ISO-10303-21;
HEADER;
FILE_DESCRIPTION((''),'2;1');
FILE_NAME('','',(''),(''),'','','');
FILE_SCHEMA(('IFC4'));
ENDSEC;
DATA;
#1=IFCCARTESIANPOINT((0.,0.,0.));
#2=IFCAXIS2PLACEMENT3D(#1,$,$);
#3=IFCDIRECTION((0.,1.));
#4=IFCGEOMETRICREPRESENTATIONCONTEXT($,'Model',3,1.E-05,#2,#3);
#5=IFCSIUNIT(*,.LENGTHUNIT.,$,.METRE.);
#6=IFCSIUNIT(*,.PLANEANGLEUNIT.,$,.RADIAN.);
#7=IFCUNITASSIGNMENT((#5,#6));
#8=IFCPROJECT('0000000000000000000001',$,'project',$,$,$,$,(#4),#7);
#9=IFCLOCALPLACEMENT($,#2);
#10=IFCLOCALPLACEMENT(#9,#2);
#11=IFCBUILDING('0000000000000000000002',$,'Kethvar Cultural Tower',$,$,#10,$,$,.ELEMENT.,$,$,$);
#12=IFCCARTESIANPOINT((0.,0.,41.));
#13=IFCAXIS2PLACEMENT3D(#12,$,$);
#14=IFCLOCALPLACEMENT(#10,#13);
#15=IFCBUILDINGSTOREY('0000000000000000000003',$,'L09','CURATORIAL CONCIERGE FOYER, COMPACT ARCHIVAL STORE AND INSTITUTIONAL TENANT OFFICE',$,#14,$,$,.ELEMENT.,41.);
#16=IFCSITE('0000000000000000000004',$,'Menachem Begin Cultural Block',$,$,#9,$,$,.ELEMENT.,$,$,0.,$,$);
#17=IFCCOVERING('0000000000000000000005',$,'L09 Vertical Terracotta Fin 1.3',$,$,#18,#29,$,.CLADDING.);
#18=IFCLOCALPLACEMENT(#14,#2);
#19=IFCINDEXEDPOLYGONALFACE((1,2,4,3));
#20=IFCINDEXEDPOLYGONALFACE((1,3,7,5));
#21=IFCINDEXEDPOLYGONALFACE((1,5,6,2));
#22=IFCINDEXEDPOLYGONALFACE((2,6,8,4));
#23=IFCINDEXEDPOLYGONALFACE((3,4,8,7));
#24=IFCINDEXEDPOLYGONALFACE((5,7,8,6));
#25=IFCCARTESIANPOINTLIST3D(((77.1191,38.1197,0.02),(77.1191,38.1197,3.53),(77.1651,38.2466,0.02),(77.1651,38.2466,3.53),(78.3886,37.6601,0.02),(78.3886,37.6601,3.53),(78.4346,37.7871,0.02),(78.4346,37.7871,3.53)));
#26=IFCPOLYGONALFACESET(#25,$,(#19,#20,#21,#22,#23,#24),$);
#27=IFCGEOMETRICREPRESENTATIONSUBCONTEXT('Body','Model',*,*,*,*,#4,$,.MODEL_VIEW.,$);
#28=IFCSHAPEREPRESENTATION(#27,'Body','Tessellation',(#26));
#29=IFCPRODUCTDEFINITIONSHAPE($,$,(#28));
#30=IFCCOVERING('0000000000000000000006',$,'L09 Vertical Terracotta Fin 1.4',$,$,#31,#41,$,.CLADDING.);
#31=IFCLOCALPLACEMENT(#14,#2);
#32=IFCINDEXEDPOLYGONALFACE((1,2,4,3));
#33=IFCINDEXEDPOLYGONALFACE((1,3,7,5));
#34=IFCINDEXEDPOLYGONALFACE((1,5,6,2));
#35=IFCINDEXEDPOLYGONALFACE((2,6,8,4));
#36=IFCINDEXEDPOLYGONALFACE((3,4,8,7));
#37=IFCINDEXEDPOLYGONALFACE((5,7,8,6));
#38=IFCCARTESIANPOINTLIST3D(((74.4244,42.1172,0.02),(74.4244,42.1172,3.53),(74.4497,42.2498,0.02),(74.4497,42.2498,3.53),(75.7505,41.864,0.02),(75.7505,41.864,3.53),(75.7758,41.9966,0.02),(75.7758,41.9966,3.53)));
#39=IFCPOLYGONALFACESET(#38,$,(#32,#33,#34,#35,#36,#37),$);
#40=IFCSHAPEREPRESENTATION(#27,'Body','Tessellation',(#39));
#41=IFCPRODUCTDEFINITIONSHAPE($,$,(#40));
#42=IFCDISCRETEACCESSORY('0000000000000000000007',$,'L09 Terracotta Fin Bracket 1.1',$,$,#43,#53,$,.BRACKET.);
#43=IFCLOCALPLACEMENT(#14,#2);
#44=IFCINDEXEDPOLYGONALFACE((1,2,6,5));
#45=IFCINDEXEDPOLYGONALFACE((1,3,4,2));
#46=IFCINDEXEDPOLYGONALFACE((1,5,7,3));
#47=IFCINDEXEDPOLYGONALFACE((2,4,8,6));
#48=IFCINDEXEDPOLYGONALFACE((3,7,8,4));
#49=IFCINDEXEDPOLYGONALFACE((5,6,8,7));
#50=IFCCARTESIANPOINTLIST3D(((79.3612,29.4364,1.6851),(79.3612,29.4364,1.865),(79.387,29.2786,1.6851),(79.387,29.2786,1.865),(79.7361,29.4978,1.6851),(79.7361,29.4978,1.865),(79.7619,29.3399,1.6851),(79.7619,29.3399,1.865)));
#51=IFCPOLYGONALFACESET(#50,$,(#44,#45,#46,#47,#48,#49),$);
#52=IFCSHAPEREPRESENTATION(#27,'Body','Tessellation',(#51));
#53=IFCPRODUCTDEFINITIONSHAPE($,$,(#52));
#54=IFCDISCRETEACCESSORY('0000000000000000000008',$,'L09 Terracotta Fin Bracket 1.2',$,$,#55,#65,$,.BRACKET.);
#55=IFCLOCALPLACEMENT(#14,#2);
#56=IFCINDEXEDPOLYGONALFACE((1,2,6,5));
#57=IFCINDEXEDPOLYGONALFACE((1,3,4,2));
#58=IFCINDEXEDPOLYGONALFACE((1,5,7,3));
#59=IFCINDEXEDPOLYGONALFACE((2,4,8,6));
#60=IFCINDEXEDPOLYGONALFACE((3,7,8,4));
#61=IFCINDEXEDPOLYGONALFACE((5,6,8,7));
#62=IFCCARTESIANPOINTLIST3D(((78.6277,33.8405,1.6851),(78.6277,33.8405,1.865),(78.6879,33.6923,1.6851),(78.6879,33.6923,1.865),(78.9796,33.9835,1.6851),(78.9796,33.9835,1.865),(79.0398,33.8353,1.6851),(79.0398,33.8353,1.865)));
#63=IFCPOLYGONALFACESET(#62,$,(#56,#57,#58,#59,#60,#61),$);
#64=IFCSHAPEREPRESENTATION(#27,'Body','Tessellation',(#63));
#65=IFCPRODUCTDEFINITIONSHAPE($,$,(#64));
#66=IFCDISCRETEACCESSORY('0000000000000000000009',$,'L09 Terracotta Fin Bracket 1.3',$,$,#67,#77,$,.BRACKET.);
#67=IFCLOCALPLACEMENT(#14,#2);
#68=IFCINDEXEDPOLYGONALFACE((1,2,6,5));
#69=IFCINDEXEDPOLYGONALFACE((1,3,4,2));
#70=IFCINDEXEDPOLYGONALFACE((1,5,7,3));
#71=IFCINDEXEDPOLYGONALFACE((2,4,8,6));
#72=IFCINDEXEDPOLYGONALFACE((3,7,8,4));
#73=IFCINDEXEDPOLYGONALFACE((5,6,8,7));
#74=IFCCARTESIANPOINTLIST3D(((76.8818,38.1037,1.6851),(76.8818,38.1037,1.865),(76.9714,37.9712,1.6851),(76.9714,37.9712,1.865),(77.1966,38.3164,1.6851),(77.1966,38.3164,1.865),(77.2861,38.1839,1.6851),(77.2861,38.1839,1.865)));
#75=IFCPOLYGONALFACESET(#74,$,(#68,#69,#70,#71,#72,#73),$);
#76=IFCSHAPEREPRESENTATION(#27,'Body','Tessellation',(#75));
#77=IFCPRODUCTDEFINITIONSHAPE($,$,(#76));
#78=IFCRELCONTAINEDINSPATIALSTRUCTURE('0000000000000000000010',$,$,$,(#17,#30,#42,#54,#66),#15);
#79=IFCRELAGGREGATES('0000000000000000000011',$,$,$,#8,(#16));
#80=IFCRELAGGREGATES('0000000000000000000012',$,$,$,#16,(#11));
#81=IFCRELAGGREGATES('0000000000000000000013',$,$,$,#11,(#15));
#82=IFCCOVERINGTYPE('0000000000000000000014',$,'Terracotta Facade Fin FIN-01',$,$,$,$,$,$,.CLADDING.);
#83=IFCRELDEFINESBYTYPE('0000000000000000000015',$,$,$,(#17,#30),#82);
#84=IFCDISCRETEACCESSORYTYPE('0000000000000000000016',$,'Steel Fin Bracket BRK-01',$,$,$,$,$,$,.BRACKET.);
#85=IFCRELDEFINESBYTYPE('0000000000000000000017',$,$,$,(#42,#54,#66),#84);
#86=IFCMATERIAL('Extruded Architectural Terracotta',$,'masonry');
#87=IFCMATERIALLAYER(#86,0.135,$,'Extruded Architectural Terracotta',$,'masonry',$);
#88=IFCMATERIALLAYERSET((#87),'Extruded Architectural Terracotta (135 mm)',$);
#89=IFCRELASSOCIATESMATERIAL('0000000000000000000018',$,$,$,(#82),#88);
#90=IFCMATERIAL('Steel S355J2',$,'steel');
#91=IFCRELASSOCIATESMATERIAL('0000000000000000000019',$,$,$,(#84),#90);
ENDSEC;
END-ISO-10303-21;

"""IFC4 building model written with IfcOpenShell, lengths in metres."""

from ifc_helpers import new_model, si_unit, direction, frame, origin, origin_2d, place, context, subcontext, project, spatial, rectangle, extrude, source, transform, mapped, material, layer, layer_set, type_object, element, save


model = new_model("IFC4")

# Units and contexts
model_context = context("Model", 3, precision=1e-05, world=origin(), true_north=direction((0.0, 1.0)))
body_context = subcontext(model_context, "Body", "Model", "MODEL_VIEW")
ifc_project = project(units=[si_unit("LENGTHUNIT", "METRE"), si_unit("PLANEANGLEUNIT", "RADIAN")], contexts=[model_context])

# Site, building, storey
site_placement = place(None, origin())
site = spatial("IfcSite", under=ifc_project, at=site_placement, Name="Menachem Begin Cultural Block", CompositionType="ELEMENT", RefElevation=0.0)
building_placement = place(site_placement, origin())
building = spatial("IfcBuilding", under=site, at=building_placement, Name="Kethvar Cultural Tower", CompositionType="ELEMENT")
storey_placement = place(building_placement, frame((0.0, 0.0, 41.0)))
storey = spatial("IfcBuildingStorey", under=building, at=storey_placement, Name="L09", Description="CURATORIAL CONCIERGE FOYER, COMPACT ARCHIVAL STORE AND INSTITUTIONAL TENANT OFFICE", CompositionType="ELEMENT", Elevation=41.0)

# Shared definitions
ifc_material_1 = material(Name="Steel S355J2", Category="steel")

# Coverings
ifc_material_2 = material(Name="Extruded Architectural Terracotta", Category="masonry")
ifc_layer_1 = layer(ifc_material_2, 0.135, Name="Extruded Architectural Terracotta", Category="masonry")
ifc_layer_set_1 = layer_set([ifc_layer_1], Name="Extruded Architectural Terracotta (135 mm)")
covering_type = type_object("IfcCoveringType", Name="Terracotta Facade Fin FIN-01", PredefinedType="CLADDING", material=ifc_layer_set_1)
shared_shape_1 = source(origin(), body_context, "Body", "SweptSolid", [
    extrude(rectangle(XDim=1.3501, YDim=0.135, at=origin_2d()), origin(), (0.0, 0.0, 1.0), 3.51),
])
for number, where, z_axis, x_axis, name in (
    (1, (77.7769, 37.9534, 0.02), (0.0, 0.0, 1.0), (0.940288, -0.34038, 0.0), "L09 Vertical Terracotta Fin 1.3"),
    (2, (75.1001, 42.0569, 0.02), (0.0, 0.0, 1.0), (0.982255, -0.187553, 0.0), "L09 Vertical Terracotta Fin 1.4"),
):
    element("IfcCovering", number, at=place(storey_placement, frame(where, z_axis=z_axis, x_axis=x_axis)), inside=storey, type_object=covering_type, Name=name, PredefinedType="CLADDING", context=body_context, shape_type="MappedRepresentation", body=[
        mapped(shared_shape_1, transform((0.0, 0.0, 0.0), scale=1.0)),
    ])

# Discrete accessories
discrete_accessory_type = type_object("IfcDiscreteAccessoryType", Name="Steel Fin Bracket BRK-01", PredefinedType="BRACKET", material=ifc_material_1)
shared_shape_2 = source(origin(), body_context, "Body", "SweptSolid", [
    extrude(rectangle(XDim=0.3799, YDim=0.1599, at=origin_2d()), origin(), (0.0, 0.0, 1.0), 0.1799),
])
for number, where, z_axis, x_axis, name in (
    (3, (79.5615, 29.3882, 1.6851), (0.0, 0.0, 1.0), (0.986884, 0.161432, 0.0), "L09 Terracotta Fin Bracket 1.1"),
    (4, (78.8337, 33.8379, 1.6851), (0.0, 0.0, 1.0), (0.926463, 0.376386, 0.0), "L09 Terracotta Fin Bracket 1.2"),
    (5, (77.084, 38.1438, 1.6851), (0.0, 0.0, 1.0), (0.828549, 0.559916, 0.0), "L09 Terracotta Fin Bracket 1.3"),
):
    element("IfcDiscreteAccessory", number, at=place(storey_placement, frame(where, z_axis=z_axis, x_axis=x_axis)), inside=storey, type_object=discrete_accessory_type, Name=name, PredefinedType="BRACKET", context=body_context, shape_type="MappedRepresentation", body=[
        mapped(shared_shape_2, transform((0.0, 0.0, 0.0), scale=1.0)),
    ])

save(model, "model.ifc")
